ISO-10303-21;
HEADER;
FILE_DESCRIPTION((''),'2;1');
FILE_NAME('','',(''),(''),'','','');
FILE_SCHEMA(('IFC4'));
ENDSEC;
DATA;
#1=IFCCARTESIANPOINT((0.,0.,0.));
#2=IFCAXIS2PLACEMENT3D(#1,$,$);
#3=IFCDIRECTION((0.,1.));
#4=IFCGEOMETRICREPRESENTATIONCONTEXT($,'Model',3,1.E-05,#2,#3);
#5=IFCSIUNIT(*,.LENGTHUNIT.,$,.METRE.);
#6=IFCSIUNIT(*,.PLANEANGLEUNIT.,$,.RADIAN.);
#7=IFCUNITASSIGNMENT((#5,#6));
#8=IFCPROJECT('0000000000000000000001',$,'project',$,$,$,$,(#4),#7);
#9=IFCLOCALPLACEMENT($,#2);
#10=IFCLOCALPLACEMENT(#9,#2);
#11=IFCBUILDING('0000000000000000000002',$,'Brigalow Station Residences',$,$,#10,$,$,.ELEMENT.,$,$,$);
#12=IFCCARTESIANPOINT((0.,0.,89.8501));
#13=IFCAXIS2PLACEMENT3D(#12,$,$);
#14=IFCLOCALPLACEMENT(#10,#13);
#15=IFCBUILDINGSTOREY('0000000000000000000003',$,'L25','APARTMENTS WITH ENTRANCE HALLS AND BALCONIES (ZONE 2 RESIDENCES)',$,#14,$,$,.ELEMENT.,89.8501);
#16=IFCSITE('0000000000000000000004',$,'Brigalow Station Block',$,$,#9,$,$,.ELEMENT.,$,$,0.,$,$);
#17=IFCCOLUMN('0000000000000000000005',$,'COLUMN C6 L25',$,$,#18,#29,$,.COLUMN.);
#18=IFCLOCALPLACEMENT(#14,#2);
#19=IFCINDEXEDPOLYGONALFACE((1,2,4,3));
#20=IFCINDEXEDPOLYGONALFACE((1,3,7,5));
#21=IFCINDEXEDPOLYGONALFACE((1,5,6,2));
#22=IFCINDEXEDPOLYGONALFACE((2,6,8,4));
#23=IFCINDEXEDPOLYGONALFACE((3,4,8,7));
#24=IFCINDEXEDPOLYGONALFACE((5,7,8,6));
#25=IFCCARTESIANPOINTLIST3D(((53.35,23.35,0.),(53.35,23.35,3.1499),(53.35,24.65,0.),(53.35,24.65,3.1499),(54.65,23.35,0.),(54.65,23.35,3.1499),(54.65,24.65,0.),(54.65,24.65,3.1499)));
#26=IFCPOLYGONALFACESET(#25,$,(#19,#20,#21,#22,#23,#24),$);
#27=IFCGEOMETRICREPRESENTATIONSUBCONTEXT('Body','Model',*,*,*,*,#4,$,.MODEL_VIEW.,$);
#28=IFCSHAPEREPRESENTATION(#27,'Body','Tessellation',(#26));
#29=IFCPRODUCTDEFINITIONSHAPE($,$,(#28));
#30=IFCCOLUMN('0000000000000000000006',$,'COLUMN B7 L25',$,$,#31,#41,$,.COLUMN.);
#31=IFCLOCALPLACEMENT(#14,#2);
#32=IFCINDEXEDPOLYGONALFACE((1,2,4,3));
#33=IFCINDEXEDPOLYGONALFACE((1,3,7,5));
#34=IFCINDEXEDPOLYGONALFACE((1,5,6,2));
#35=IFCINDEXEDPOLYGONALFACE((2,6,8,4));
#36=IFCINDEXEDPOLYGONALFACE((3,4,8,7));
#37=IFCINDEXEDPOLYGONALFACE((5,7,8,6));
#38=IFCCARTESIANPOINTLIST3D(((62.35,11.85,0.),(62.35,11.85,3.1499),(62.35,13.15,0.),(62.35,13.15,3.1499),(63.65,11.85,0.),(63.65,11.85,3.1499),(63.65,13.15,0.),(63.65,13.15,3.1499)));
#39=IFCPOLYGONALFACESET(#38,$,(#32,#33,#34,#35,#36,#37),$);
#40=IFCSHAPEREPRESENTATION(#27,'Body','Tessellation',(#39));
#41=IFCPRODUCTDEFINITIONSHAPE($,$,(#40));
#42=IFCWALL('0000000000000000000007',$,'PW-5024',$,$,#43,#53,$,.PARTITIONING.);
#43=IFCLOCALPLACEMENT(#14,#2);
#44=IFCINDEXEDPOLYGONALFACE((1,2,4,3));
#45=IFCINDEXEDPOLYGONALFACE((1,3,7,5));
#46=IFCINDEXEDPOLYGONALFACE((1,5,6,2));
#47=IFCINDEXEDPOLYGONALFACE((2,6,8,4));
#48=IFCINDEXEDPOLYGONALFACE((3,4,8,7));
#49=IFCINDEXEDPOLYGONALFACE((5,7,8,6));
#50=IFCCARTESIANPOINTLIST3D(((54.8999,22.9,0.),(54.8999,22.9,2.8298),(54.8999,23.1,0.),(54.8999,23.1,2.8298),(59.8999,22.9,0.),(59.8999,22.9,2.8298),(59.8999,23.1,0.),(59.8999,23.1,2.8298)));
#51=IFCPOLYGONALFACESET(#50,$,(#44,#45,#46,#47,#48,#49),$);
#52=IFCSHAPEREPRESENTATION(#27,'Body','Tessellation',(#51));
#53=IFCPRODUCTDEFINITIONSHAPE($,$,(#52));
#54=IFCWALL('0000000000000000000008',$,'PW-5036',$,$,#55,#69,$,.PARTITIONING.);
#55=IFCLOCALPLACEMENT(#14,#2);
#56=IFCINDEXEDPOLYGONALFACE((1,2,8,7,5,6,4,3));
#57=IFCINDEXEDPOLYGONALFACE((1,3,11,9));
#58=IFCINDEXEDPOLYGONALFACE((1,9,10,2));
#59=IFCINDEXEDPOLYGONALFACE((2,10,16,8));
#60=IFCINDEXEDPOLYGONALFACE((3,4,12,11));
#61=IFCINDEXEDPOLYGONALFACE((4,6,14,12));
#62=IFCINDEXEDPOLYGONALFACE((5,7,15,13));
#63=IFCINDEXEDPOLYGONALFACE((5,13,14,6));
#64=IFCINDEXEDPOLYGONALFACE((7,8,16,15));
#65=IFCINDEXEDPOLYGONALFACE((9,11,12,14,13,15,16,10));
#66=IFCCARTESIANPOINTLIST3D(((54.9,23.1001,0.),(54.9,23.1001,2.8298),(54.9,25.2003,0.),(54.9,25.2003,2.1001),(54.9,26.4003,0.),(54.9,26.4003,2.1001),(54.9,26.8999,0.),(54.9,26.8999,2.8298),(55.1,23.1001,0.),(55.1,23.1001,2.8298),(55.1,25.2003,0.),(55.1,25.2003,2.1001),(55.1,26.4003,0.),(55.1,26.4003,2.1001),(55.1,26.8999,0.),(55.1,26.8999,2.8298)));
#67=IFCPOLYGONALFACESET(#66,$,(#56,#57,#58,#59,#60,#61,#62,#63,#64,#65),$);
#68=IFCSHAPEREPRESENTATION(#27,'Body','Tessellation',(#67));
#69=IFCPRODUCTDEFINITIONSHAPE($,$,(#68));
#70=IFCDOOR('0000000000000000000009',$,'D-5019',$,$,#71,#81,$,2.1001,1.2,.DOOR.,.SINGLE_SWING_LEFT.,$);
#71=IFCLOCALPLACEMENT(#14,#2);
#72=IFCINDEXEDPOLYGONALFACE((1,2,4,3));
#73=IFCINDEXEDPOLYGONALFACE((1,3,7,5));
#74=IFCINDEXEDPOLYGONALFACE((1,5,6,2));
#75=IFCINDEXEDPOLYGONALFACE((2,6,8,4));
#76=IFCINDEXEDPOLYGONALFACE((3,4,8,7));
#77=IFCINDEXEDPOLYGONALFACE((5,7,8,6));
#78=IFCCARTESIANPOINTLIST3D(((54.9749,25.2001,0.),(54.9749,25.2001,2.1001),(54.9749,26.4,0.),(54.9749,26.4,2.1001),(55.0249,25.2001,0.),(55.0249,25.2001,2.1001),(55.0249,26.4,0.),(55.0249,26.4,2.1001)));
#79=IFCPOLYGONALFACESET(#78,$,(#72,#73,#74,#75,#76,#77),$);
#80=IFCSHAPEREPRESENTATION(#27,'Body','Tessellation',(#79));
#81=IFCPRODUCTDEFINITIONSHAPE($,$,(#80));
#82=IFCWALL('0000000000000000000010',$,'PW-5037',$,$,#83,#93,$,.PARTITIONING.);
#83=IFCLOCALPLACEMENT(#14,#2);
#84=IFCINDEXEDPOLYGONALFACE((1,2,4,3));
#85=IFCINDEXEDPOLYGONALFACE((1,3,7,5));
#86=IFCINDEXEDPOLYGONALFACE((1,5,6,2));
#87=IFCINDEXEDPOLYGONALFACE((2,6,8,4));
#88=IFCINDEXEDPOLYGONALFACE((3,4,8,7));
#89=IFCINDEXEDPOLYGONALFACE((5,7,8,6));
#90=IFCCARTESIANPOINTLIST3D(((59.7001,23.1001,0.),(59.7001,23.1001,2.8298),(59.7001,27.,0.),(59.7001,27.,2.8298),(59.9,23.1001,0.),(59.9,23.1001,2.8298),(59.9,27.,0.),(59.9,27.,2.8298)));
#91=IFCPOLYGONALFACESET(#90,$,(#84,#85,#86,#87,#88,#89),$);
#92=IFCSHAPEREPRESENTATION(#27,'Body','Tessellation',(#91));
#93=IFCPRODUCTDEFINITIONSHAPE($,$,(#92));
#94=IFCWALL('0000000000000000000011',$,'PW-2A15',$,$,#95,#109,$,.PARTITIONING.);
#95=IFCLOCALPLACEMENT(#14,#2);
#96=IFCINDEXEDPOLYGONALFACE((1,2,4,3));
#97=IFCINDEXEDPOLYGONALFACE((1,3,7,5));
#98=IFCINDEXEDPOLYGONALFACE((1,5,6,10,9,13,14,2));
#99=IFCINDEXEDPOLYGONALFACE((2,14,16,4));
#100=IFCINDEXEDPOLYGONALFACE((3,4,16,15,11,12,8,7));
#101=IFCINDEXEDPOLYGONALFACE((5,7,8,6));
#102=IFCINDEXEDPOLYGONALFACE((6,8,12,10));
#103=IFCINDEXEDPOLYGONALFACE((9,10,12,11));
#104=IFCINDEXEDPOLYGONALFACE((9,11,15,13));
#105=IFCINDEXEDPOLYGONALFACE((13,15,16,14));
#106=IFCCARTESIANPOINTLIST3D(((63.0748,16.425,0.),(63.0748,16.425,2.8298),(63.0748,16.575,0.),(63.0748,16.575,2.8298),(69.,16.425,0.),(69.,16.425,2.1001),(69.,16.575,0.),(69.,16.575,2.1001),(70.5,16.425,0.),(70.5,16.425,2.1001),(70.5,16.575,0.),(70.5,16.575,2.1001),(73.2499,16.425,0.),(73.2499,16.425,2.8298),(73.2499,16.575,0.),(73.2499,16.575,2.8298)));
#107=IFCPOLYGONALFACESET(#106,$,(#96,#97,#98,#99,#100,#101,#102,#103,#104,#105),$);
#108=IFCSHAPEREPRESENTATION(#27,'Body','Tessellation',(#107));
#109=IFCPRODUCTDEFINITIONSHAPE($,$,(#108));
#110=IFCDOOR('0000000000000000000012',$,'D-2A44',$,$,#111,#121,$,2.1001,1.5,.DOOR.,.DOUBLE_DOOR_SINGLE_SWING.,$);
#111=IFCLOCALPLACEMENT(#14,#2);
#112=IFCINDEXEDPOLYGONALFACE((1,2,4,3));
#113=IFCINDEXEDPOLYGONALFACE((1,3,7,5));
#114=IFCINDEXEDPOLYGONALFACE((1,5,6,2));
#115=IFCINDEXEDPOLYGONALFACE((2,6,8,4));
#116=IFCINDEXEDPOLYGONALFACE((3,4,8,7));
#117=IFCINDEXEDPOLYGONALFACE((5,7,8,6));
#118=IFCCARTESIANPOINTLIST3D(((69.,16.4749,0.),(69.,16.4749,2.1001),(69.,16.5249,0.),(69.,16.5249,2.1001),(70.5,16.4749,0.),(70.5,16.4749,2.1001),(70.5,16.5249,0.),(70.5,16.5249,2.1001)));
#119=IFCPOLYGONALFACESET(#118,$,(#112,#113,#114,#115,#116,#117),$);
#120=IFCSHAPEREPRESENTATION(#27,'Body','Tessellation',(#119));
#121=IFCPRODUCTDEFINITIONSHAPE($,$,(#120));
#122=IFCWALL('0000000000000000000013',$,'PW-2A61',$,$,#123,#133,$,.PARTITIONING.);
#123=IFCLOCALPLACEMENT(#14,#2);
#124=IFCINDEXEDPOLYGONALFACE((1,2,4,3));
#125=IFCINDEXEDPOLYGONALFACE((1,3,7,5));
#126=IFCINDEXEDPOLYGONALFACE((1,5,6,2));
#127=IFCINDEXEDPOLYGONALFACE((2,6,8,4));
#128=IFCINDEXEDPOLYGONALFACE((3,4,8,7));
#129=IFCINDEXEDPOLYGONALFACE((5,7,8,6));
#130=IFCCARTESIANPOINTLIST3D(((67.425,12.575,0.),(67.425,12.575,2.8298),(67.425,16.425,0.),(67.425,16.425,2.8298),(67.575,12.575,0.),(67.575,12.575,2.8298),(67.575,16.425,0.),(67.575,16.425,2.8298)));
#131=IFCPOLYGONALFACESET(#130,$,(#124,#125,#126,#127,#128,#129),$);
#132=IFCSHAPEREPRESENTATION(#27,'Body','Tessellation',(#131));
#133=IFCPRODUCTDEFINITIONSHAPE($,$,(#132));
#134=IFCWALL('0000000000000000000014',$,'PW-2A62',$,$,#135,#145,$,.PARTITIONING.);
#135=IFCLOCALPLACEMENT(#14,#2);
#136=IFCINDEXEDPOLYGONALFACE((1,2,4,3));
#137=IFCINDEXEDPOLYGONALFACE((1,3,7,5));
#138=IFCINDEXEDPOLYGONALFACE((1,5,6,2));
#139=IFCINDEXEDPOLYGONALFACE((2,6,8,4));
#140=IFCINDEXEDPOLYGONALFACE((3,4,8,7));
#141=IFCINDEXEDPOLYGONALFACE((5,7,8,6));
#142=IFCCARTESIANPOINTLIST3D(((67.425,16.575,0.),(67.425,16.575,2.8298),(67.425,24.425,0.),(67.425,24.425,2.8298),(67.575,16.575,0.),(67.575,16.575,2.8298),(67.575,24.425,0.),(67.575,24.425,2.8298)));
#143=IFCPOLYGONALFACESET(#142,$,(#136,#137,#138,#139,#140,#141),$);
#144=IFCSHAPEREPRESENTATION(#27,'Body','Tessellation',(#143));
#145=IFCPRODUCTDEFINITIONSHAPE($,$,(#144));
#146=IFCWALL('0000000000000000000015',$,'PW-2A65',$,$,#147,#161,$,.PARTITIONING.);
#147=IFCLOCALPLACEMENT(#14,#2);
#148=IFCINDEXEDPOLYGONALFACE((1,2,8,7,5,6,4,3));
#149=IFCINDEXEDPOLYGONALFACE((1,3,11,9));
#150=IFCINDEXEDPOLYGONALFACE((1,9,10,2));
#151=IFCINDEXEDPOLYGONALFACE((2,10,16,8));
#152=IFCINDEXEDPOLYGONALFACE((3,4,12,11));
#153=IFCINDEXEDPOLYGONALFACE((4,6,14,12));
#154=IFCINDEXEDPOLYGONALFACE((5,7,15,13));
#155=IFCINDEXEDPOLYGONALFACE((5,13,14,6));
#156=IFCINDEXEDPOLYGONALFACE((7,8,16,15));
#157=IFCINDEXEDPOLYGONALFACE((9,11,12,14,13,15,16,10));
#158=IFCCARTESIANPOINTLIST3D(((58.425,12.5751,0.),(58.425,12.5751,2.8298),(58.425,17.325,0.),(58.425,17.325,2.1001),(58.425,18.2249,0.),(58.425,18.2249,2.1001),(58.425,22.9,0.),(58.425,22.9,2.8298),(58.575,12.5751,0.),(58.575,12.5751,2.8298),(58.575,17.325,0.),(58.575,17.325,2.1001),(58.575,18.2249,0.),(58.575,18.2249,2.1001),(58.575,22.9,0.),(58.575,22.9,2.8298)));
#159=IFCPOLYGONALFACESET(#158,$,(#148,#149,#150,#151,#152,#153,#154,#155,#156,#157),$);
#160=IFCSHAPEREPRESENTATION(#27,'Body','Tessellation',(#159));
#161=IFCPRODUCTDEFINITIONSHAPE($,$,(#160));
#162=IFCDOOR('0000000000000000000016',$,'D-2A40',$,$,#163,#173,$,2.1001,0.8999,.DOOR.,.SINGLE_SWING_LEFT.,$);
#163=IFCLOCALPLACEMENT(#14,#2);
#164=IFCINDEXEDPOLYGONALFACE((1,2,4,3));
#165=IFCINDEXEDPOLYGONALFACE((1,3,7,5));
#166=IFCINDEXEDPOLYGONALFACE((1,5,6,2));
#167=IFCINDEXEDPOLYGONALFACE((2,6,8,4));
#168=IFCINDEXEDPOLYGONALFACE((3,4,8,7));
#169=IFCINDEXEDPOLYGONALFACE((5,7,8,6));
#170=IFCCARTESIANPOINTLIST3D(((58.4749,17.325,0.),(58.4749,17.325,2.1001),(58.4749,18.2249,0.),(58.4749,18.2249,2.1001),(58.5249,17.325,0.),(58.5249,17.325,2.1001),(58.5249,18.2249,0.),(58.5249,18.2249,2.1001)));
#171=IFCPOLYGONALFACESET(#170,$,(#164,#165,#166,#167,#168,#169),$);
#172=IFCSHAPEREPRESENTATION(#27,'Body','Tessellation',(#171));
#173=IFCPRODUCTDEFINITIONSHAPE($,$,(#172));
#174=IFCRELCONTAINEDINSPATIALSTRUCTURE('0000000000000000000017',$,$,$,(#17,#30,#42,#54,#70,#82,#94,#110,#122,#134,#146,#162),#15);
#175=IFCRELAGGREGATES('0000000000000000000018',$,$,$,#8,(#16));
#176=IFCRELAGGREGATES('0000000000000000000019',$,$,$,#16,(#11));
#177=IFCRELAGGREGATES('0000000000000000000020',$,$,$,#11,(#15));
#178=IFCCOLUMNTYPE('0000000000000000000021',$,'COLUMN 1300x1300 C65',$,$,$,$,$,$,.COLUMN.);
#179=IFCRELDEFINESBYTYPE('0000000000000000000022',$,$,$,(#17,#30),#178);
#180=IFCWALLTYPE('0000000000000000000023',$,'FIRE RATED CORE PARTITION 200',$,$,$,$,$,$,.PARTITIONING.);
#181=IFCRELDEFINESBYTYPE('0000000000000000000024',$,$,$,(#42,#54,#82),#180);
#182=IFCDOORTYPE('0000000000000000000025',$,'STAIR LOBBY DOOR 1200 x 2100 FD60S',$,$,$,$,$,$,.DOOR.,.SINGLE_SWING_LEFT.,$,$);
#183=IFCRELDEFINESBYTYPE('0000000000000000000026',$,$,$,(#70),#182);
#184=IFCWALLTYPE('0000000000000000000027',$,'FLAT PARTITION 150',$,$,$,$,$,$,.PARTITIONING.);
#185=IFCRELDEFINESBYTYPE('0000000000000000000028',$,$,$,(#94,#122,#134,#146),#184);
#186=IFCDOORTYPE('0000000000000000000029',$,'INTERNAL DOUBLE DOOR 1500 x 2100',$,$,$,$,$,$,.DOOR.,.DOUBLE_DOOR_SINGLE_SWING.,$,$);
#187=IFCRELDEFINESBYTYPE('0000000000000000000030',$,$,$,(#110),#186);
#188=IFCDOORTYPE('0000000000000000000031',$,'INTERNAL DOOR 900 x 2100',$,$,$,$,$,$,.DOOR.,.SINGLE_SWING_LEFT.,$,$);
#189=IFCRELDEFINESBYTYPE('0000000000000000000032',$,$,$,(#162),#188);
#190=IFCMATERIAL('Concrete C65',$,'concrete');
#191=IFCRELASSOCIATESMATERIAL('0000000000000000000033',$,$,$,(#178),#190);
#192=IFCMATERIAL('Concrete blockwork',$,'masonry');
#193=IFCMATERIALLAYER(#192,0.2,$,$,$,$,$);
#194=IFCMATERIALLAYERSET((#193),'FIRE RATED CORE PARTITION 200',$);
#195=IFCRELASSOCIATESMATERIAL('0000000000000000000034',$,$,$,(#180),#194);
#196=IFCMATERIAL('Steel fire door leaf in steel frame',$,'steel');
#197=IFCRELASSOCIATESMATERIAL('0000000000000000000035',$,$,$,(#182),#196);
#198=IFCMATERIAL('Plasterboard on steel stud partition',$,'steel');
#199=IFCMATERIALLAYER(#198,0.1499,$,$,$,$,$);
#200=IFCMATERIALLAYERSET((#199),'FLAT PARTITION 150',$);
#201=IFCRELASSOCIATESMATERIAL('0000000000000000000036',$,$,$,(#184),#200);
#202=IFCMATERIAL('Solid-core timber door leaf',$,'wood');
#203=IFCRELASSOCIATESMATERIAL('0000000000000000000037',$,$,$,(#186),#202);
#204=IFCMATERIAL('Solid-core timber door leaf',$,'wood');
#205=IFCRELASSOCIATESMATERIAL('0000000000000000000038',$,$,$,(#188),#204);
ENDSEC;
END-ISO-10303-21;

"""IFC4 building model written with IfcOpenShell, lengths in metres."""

from ifc_helpers import new_model, si_unit, direction, frame, frame_2d, origin, origin_2d, place, context, subcontext, project, spatial, rectangle, extrude, material, layer, layer_set, material_profile, profile_set, type_object, element, fill, save


model = new_model("IFC4")

# Units and contexts
model_context = context("Model", 3, precision=1e-05, world=origin(), true_north=direction((0.0, 1.0)))
body_context = subcontext(model_context, "Body", "Model", "MODEL_VIEW")
ifc_project = project(units=[si_unit("LENGTHUNIT", "METRE"), si_unit("PLANEANGLEUNIT", "RADIAN")], contexts=[model_context])

# Site, building, storey
site_placement = place(None, origin())
site = spatial("IfcSite", under=ifc_project, at=site_placement, Name="Brigalow Station Block", CompositionType="ELEMENT", RefElevation=0.0)
building_placement = place(site_placement, origin())
building = spatial("IfcBuilding", under=site, at=building_placement, Name="Brigalow Station Residences", CompositionType="ELEMENT")
storey_placement = place(building_placement, frame((0.0, 0.0, 89.8501)))
storey = spatial("IfcBuildingStorey", under=building, at=storey_placement, Name="L25", Description="APARTMENTS WITH ENTRANCE HALLS AND BALCONIES (ZONE 2 RESIDENCES)", CompositionType="ELEMENT", Elevation=89.8501)

# Columns
ifc_material_1 = material(Name="Concrete C65", Category="concrete")
ifc_material_profile = material_profile(ifc_material_1, rectangle(XDim=1.3, YDim=1.3, at=origin_2d()), Name="RC1300x1300")
ifc_profile_set = profile_set([ifc_material_profile], Name="Concrete C65")
column_type = type_object("IfcColumnType", Name="COLUMN 1300x1300 C65", PredefinedType="COLUMN", material=ifc_profile_set)
for number, where, z_axis, x_axis, name in (
    (1, (54.0, 24.0, 0.0), (0.0, 0.0, 1.0), (1.0, 0.0, 0.0), "COLUMN C6 L25"),
    (2, (63.0, 12.5, 0.0), (0.0, 0.0, 1.0), (1.0, 0.0, 0.0), "COLUMN B7 L25"),
):
    element("IfcColumn", number, at=place(storey_placement, frame(where, z_axis=z_axis, x_axis=x_axis)), inside=storey, type_object=column_type, Name=name, PredefinedType="COLUMN", context=body_context, shape_type="SweptSolid", body=[
        extrude(rectangle(XDim=1.3, YDim=1.3, at=origin_2d()), origin(), (0.0, 0.0, 1.0), 3.1499),
    ])

# Wall
ifc_material_2 = material(Name="Concrete blockwork", Category="masonry")
ifc_layer_1 = layer(ifc_material_2, 0.2)
ifc_layer_set_1 = layer_set([ifc_layer_1], Name="FIRE RATED CORE PARTITION 200")
wall_type_1 = type_object("IfcWallType", Name="FIRE RATED CORE PARTITION 200", PredefinedType="PARTITIONING", material=ifc_layer_set_1)
wall_1_placement = place(storey_placement, frame((54.8999, 23.0, 0.0), z_axis=(0.0, 0.0, 1.0), x_axis=(1.0, 0.0, 0.0)))
element("IfcWall", 3, at=wall_1_placement, inside=storey, type_object=wall_type_1, Name="PW-5024", PredefinedType="PARTITIONING", context=body_context, shape_type="SweptSolid", body=[
    extrude(rectangle(XDim=5.0, YDim=0.2, at=frame_2d((2.5, 0.0))), origin(), (0.0, 0.0, 1.0), 2.8298),
])

# Wall, opening, door
wall_2_placement = place(storey_placement, frame((55.0, 23.1001, 0.0), z_axis=(0.0, 0.0, 1.0), x_axis=(0.0, 1.0, 0.0)))
wall_2 = element("IfcWall", 4, at=wall_2_placement, inside=storey, type_object=wall_type_1, Name="PW-5036", PredefinedType="PARTITIONING", context=body_context, shape_type="SweptSolid", body=[
    extrude(rectangle(XDim=3.7998, YDim=0.2, at=frame_2d((1.8999, 0.0))), origin(), (0.0, 0.0, 1.0), 2.8298),
])
opening_1_placement = place(wall_2_placement, frame((2.1001, 0.0, 0.0)))
opening_1 = element("IfcOpeningElement", 5, at=opening_1_placement, cuts=wall_2, PredefinedType="OPENING", context=body_context, shape_type="SweptSolid", body=[
    extrude(rectangle(XDim=1.2, YDim=2.1001, at=frame_2d((0.6001, 1.05))), frame((0.0, 0.1099, 0.0), z_axis=(0.0, -1.0, 0.0), x_axis=(1.0, 0.0, 0.0)), (0.0, 0.0, 1.0), 0.22),
])
ifc_material_3 = material(Name="Steel fire door leaf in steel frame", Category="steel")
door_type_1 = type_object("IfcDoorType", Name="STAIR LOBBY DOOR 1200 x 2100 FD60S", OperationType="SINGLE_SWING_LEFT", PredefinedType="DOOR", material=ifc_material_3)
door_1_placement = place(opening_1_placement, frame((1.2, 0.0, 0.0), z_axis=(0.0, 0.0, 1.0), x_axis=(-1.0, 0.0, 0.0)))
door_1 = element("IfcDoor", 6, at=door_1_placement, inside=storey, type_object=door_type_1, Name="D-5019", OperationType="SINGLE_SWING_LEFT", OverallHeight=2.1001, OverallWidth=1.2, PredefinedType="DOOR", context=body_context, shape_type="SweptSolid", body=[
    extrude(rectangle(XDim=1.2, YDim=2.1001, at=frame_2d((0.6001, 1.05))), frame((0.0, 0.0249, 0.0), z_axis=(0.0, -1.0, 0.0), x_axis=(1.0, 0.0, 0.0)), (0.0, 0.0, 1.0), 0.05),
])
fill(opening_1, door_1)

# Wall
wall_3_placement = place(storey_placement, frame((59.8, 23.1001, 0.0), z_axis=(0.0, 0.0, 1.0), x_axis=(0.0, 1.0, 0.0)))
element("IfcWall", 7, at=wall_3_placement, inside=storey, type_object=wall_type_1, Name="PW-5037", PredefinedType="PARTITIONING", context=body_context, shape_type="SweptSolid", body=[
    extrude(rectangle(XDim=3.8999, YDim=0.2, at=frame_2d((1.95, 0.0))), origin(), (0.0, 0.0, 1.0), 2.8298),
])

# Wall, opening, door
ifc_material_4 = material(Name="Plasterboard on steel stud partition", Category="steel")
ifc_layer_2 = layer(ifc_material_4, 0.1499)
ifc_layer_set_2 = layer_set([ifc_layer_2], Name="FLAT PARTITION 150")
wall_type_2 = type_object("IfcWallType", Name="FLAT PARTITION 150", PredefinedType="PARTITIONING", material=ifc_layer_set_2)
wall_4_placement = place(storey_placement, frame((63.075, 16.5, 0.0), z_axis=(0.0, 0.0, 1.0), x_axis=(1.0, 0.0, 0.0)))
wall_4 = element("IfcWall", 8, at=wall_4_placement, inside=storey, type_object=wall_type_2, Name="PW-2A15", PredefinedType="PARTITIONING", context=body_context, shape_type="SweptSolid", body=[
    extrude(rectangle(XDim=10.175, YDim=0.1499, at=frame_2d((5.0874, 0.0))), origin(), (0.0, 0.0, 1.0), 2.8298),
])
opening_2_placement = place(wall_4_placement, frame((5.925, 0.0, 0.0)))
opening_2 = element("IfcOpeningElement", 9, at=opening_2_placement, cuts=wall_4, PredefinedType="OPENING", context=body_context, shape_type="SweptSolid", body=[
    extrude(rectangle(XDim=1.5, YDim=2.1001, at=frame_2d((0.75, 1.05))), frame((0.0, 0.085, 0.0), z_axis=(0.0, -1.0, 0.0), x_axis=(1.0, 0.0, 0.0)), (0.0, 0.0, 1.0), 0.1699),
])
ifc_material_5 = material(Name="Solid-core timber door leaf", Category="wood")
door_type_2 = type_object("IfcDoorType", Name="INTERNAL DOUBLE DOOR 1500 x 2100", OperationType="DOUBLE_DOOR_SINGLE_SWING", PredefinedType="DOOR", material=ifc_material_5)
door_2_placement = place(opening_2_placement, origin())
door_2 = element("IfcDoor", 10, at=door_2_placement, inside=storey, type_object=door_type_2, Name="D-2A44", OperationType="DOUBLE_DOOR_SINGLE_SWING", OverallHeight=2.1001, OverallWidth=1.5, PredefinedType="DOOR", context=body_context, shape_type="SweptSolid", body=[
    extrude(rectangle(XDim=1.5, YDim=2.1001, at=frame_2d((0.75, 1.05))), frame((0.0, 0.0249, 0.0), z_axis=(0.0, -1.0, 0.0), x_axis=(1.0, 0.0, 0.0)), (0.0, 0.0, 1.0), 0.05),
])
fill(opening_2, door_2)

# Walls
wall_5_placement = place(storey_placement, frame((67.5, 12.575, 0.0), z_axis=(0.0, 0.0, 1.0), x_axis=(0.0, 1.0, 0.0)))
element("IfcWall", 11, at=wall_5_placement, inside=storey, type_object=wall_type_2, Name="PW-2A61", PredefinedType="PARTITIONING", context=body_context, shape_type="SweptSolid", body=[
    extrude(rectangle(XDim=3.8501, YDim=0.1499, at=frame_2d((1.925, 0.0))), origin(), (0.0, 0.0, 1.0), 2.8298),
])
wall_6_placement = place(storey_placement, frame((67.5, 16.575, 0.0), z_axis=(0.0, 0.0, 1.0), x_axis=(0.0, 1.0, 0.0)))
element("IfcWall", 12, at=wall_6_placement, inside=storey, type_object=wall_type_2, Name="PW-2A62", PredefinedType="PARTITIONING", context=body_context, shape_type="SweptSolid", body=[
    extrude(rectangle(XDim=7.8501, YDim=0.1499, at=frame_2d((3.925, 0.0))), origin(), (0.0, 0.0, 1.0), 2.8298),
])

# Wall, opening, door
wall_7_placement = place(storey_placement, frame((58.5, 12.575, 0.0), z_axis=(0.0, 0.0, 1.0), x_axis=(0.0, 1.0, 0.0)))
wall_7 = element("IfcWall", 13, at=wall_7_placement, inside=storey, type_object=wall_type_2, Name="PW-2A65", PredefinedType="PARTITIONING", context=body_context, shape_type="SweptSolid", body=[
    extrude(rectangle(XDim=10.325, YDim=0.1499, at=frame_2d((5.1626, 0.0))), origin(), (0.0, 0.0, 1.0), 2.8298),
])
opening_3_placement = place(wall_7_placement, frame((4.75, 0.0, 0.0)))
opening_3 = element("IfcOpeningElement", 14, at=opening_3_placement, cuts=wall_7, PredefinedType="OPENING", context=body_context, shape_type="SweptSolid", body=[
    extrude(rectangle(XDim=0.8999, YDim=2.1001, at=frame_2d((0.45, 1.05))), frame((0.0, 0.085, 0.0), z_axis=(0.0, -1.0, 0.0), x_axis=(1.0, 0.0, 0.0)), (0.0, 0.0, 1.0), 0.1699),
])
ifc_material_6 = material(Name="Solid-core timber door leaf", Category="wood")
door_type_3 = type_object("IfcDoorType", Name="INTERNAL DOOR 900 x 2100", OperationType="SINGLE_SWING_LEFT", PredefinedType="DOOR", material=ifc_material_6)
door_3_placement = place(opening_3_placement, frame((0.8999, 0.0, 0.0), z_axis=(0.0, 0.0, 1.0), x_axis=(-1.0, 0.0, 0.0)))
door_3 = element("IfcDoor", 15, at=door_3_placement, inside=storey, type_object=door_type_3, Name="D-2A40", OperationType="SINGLE_SWING_LEFT", OverallHeight=2.1001, OverallWidth=0.8999, PredefinedType="DOOR", context=body_context, shape_type="SweptSolid", body=[
    extrude(rectangle(XDim=0.8999, YDim=2.1001, at=frame_2d((0.45, 1.05))), frame((0.0, 0.0249, 0.0), z_axis=(0.0, -1.0, 0.0), x_axis=(1.0, 0.0, 0.0)), (0.0, 0.0, 1.0), 0.05),
])
fill(opening_3, door_3)

save(model, "model.ifc")
